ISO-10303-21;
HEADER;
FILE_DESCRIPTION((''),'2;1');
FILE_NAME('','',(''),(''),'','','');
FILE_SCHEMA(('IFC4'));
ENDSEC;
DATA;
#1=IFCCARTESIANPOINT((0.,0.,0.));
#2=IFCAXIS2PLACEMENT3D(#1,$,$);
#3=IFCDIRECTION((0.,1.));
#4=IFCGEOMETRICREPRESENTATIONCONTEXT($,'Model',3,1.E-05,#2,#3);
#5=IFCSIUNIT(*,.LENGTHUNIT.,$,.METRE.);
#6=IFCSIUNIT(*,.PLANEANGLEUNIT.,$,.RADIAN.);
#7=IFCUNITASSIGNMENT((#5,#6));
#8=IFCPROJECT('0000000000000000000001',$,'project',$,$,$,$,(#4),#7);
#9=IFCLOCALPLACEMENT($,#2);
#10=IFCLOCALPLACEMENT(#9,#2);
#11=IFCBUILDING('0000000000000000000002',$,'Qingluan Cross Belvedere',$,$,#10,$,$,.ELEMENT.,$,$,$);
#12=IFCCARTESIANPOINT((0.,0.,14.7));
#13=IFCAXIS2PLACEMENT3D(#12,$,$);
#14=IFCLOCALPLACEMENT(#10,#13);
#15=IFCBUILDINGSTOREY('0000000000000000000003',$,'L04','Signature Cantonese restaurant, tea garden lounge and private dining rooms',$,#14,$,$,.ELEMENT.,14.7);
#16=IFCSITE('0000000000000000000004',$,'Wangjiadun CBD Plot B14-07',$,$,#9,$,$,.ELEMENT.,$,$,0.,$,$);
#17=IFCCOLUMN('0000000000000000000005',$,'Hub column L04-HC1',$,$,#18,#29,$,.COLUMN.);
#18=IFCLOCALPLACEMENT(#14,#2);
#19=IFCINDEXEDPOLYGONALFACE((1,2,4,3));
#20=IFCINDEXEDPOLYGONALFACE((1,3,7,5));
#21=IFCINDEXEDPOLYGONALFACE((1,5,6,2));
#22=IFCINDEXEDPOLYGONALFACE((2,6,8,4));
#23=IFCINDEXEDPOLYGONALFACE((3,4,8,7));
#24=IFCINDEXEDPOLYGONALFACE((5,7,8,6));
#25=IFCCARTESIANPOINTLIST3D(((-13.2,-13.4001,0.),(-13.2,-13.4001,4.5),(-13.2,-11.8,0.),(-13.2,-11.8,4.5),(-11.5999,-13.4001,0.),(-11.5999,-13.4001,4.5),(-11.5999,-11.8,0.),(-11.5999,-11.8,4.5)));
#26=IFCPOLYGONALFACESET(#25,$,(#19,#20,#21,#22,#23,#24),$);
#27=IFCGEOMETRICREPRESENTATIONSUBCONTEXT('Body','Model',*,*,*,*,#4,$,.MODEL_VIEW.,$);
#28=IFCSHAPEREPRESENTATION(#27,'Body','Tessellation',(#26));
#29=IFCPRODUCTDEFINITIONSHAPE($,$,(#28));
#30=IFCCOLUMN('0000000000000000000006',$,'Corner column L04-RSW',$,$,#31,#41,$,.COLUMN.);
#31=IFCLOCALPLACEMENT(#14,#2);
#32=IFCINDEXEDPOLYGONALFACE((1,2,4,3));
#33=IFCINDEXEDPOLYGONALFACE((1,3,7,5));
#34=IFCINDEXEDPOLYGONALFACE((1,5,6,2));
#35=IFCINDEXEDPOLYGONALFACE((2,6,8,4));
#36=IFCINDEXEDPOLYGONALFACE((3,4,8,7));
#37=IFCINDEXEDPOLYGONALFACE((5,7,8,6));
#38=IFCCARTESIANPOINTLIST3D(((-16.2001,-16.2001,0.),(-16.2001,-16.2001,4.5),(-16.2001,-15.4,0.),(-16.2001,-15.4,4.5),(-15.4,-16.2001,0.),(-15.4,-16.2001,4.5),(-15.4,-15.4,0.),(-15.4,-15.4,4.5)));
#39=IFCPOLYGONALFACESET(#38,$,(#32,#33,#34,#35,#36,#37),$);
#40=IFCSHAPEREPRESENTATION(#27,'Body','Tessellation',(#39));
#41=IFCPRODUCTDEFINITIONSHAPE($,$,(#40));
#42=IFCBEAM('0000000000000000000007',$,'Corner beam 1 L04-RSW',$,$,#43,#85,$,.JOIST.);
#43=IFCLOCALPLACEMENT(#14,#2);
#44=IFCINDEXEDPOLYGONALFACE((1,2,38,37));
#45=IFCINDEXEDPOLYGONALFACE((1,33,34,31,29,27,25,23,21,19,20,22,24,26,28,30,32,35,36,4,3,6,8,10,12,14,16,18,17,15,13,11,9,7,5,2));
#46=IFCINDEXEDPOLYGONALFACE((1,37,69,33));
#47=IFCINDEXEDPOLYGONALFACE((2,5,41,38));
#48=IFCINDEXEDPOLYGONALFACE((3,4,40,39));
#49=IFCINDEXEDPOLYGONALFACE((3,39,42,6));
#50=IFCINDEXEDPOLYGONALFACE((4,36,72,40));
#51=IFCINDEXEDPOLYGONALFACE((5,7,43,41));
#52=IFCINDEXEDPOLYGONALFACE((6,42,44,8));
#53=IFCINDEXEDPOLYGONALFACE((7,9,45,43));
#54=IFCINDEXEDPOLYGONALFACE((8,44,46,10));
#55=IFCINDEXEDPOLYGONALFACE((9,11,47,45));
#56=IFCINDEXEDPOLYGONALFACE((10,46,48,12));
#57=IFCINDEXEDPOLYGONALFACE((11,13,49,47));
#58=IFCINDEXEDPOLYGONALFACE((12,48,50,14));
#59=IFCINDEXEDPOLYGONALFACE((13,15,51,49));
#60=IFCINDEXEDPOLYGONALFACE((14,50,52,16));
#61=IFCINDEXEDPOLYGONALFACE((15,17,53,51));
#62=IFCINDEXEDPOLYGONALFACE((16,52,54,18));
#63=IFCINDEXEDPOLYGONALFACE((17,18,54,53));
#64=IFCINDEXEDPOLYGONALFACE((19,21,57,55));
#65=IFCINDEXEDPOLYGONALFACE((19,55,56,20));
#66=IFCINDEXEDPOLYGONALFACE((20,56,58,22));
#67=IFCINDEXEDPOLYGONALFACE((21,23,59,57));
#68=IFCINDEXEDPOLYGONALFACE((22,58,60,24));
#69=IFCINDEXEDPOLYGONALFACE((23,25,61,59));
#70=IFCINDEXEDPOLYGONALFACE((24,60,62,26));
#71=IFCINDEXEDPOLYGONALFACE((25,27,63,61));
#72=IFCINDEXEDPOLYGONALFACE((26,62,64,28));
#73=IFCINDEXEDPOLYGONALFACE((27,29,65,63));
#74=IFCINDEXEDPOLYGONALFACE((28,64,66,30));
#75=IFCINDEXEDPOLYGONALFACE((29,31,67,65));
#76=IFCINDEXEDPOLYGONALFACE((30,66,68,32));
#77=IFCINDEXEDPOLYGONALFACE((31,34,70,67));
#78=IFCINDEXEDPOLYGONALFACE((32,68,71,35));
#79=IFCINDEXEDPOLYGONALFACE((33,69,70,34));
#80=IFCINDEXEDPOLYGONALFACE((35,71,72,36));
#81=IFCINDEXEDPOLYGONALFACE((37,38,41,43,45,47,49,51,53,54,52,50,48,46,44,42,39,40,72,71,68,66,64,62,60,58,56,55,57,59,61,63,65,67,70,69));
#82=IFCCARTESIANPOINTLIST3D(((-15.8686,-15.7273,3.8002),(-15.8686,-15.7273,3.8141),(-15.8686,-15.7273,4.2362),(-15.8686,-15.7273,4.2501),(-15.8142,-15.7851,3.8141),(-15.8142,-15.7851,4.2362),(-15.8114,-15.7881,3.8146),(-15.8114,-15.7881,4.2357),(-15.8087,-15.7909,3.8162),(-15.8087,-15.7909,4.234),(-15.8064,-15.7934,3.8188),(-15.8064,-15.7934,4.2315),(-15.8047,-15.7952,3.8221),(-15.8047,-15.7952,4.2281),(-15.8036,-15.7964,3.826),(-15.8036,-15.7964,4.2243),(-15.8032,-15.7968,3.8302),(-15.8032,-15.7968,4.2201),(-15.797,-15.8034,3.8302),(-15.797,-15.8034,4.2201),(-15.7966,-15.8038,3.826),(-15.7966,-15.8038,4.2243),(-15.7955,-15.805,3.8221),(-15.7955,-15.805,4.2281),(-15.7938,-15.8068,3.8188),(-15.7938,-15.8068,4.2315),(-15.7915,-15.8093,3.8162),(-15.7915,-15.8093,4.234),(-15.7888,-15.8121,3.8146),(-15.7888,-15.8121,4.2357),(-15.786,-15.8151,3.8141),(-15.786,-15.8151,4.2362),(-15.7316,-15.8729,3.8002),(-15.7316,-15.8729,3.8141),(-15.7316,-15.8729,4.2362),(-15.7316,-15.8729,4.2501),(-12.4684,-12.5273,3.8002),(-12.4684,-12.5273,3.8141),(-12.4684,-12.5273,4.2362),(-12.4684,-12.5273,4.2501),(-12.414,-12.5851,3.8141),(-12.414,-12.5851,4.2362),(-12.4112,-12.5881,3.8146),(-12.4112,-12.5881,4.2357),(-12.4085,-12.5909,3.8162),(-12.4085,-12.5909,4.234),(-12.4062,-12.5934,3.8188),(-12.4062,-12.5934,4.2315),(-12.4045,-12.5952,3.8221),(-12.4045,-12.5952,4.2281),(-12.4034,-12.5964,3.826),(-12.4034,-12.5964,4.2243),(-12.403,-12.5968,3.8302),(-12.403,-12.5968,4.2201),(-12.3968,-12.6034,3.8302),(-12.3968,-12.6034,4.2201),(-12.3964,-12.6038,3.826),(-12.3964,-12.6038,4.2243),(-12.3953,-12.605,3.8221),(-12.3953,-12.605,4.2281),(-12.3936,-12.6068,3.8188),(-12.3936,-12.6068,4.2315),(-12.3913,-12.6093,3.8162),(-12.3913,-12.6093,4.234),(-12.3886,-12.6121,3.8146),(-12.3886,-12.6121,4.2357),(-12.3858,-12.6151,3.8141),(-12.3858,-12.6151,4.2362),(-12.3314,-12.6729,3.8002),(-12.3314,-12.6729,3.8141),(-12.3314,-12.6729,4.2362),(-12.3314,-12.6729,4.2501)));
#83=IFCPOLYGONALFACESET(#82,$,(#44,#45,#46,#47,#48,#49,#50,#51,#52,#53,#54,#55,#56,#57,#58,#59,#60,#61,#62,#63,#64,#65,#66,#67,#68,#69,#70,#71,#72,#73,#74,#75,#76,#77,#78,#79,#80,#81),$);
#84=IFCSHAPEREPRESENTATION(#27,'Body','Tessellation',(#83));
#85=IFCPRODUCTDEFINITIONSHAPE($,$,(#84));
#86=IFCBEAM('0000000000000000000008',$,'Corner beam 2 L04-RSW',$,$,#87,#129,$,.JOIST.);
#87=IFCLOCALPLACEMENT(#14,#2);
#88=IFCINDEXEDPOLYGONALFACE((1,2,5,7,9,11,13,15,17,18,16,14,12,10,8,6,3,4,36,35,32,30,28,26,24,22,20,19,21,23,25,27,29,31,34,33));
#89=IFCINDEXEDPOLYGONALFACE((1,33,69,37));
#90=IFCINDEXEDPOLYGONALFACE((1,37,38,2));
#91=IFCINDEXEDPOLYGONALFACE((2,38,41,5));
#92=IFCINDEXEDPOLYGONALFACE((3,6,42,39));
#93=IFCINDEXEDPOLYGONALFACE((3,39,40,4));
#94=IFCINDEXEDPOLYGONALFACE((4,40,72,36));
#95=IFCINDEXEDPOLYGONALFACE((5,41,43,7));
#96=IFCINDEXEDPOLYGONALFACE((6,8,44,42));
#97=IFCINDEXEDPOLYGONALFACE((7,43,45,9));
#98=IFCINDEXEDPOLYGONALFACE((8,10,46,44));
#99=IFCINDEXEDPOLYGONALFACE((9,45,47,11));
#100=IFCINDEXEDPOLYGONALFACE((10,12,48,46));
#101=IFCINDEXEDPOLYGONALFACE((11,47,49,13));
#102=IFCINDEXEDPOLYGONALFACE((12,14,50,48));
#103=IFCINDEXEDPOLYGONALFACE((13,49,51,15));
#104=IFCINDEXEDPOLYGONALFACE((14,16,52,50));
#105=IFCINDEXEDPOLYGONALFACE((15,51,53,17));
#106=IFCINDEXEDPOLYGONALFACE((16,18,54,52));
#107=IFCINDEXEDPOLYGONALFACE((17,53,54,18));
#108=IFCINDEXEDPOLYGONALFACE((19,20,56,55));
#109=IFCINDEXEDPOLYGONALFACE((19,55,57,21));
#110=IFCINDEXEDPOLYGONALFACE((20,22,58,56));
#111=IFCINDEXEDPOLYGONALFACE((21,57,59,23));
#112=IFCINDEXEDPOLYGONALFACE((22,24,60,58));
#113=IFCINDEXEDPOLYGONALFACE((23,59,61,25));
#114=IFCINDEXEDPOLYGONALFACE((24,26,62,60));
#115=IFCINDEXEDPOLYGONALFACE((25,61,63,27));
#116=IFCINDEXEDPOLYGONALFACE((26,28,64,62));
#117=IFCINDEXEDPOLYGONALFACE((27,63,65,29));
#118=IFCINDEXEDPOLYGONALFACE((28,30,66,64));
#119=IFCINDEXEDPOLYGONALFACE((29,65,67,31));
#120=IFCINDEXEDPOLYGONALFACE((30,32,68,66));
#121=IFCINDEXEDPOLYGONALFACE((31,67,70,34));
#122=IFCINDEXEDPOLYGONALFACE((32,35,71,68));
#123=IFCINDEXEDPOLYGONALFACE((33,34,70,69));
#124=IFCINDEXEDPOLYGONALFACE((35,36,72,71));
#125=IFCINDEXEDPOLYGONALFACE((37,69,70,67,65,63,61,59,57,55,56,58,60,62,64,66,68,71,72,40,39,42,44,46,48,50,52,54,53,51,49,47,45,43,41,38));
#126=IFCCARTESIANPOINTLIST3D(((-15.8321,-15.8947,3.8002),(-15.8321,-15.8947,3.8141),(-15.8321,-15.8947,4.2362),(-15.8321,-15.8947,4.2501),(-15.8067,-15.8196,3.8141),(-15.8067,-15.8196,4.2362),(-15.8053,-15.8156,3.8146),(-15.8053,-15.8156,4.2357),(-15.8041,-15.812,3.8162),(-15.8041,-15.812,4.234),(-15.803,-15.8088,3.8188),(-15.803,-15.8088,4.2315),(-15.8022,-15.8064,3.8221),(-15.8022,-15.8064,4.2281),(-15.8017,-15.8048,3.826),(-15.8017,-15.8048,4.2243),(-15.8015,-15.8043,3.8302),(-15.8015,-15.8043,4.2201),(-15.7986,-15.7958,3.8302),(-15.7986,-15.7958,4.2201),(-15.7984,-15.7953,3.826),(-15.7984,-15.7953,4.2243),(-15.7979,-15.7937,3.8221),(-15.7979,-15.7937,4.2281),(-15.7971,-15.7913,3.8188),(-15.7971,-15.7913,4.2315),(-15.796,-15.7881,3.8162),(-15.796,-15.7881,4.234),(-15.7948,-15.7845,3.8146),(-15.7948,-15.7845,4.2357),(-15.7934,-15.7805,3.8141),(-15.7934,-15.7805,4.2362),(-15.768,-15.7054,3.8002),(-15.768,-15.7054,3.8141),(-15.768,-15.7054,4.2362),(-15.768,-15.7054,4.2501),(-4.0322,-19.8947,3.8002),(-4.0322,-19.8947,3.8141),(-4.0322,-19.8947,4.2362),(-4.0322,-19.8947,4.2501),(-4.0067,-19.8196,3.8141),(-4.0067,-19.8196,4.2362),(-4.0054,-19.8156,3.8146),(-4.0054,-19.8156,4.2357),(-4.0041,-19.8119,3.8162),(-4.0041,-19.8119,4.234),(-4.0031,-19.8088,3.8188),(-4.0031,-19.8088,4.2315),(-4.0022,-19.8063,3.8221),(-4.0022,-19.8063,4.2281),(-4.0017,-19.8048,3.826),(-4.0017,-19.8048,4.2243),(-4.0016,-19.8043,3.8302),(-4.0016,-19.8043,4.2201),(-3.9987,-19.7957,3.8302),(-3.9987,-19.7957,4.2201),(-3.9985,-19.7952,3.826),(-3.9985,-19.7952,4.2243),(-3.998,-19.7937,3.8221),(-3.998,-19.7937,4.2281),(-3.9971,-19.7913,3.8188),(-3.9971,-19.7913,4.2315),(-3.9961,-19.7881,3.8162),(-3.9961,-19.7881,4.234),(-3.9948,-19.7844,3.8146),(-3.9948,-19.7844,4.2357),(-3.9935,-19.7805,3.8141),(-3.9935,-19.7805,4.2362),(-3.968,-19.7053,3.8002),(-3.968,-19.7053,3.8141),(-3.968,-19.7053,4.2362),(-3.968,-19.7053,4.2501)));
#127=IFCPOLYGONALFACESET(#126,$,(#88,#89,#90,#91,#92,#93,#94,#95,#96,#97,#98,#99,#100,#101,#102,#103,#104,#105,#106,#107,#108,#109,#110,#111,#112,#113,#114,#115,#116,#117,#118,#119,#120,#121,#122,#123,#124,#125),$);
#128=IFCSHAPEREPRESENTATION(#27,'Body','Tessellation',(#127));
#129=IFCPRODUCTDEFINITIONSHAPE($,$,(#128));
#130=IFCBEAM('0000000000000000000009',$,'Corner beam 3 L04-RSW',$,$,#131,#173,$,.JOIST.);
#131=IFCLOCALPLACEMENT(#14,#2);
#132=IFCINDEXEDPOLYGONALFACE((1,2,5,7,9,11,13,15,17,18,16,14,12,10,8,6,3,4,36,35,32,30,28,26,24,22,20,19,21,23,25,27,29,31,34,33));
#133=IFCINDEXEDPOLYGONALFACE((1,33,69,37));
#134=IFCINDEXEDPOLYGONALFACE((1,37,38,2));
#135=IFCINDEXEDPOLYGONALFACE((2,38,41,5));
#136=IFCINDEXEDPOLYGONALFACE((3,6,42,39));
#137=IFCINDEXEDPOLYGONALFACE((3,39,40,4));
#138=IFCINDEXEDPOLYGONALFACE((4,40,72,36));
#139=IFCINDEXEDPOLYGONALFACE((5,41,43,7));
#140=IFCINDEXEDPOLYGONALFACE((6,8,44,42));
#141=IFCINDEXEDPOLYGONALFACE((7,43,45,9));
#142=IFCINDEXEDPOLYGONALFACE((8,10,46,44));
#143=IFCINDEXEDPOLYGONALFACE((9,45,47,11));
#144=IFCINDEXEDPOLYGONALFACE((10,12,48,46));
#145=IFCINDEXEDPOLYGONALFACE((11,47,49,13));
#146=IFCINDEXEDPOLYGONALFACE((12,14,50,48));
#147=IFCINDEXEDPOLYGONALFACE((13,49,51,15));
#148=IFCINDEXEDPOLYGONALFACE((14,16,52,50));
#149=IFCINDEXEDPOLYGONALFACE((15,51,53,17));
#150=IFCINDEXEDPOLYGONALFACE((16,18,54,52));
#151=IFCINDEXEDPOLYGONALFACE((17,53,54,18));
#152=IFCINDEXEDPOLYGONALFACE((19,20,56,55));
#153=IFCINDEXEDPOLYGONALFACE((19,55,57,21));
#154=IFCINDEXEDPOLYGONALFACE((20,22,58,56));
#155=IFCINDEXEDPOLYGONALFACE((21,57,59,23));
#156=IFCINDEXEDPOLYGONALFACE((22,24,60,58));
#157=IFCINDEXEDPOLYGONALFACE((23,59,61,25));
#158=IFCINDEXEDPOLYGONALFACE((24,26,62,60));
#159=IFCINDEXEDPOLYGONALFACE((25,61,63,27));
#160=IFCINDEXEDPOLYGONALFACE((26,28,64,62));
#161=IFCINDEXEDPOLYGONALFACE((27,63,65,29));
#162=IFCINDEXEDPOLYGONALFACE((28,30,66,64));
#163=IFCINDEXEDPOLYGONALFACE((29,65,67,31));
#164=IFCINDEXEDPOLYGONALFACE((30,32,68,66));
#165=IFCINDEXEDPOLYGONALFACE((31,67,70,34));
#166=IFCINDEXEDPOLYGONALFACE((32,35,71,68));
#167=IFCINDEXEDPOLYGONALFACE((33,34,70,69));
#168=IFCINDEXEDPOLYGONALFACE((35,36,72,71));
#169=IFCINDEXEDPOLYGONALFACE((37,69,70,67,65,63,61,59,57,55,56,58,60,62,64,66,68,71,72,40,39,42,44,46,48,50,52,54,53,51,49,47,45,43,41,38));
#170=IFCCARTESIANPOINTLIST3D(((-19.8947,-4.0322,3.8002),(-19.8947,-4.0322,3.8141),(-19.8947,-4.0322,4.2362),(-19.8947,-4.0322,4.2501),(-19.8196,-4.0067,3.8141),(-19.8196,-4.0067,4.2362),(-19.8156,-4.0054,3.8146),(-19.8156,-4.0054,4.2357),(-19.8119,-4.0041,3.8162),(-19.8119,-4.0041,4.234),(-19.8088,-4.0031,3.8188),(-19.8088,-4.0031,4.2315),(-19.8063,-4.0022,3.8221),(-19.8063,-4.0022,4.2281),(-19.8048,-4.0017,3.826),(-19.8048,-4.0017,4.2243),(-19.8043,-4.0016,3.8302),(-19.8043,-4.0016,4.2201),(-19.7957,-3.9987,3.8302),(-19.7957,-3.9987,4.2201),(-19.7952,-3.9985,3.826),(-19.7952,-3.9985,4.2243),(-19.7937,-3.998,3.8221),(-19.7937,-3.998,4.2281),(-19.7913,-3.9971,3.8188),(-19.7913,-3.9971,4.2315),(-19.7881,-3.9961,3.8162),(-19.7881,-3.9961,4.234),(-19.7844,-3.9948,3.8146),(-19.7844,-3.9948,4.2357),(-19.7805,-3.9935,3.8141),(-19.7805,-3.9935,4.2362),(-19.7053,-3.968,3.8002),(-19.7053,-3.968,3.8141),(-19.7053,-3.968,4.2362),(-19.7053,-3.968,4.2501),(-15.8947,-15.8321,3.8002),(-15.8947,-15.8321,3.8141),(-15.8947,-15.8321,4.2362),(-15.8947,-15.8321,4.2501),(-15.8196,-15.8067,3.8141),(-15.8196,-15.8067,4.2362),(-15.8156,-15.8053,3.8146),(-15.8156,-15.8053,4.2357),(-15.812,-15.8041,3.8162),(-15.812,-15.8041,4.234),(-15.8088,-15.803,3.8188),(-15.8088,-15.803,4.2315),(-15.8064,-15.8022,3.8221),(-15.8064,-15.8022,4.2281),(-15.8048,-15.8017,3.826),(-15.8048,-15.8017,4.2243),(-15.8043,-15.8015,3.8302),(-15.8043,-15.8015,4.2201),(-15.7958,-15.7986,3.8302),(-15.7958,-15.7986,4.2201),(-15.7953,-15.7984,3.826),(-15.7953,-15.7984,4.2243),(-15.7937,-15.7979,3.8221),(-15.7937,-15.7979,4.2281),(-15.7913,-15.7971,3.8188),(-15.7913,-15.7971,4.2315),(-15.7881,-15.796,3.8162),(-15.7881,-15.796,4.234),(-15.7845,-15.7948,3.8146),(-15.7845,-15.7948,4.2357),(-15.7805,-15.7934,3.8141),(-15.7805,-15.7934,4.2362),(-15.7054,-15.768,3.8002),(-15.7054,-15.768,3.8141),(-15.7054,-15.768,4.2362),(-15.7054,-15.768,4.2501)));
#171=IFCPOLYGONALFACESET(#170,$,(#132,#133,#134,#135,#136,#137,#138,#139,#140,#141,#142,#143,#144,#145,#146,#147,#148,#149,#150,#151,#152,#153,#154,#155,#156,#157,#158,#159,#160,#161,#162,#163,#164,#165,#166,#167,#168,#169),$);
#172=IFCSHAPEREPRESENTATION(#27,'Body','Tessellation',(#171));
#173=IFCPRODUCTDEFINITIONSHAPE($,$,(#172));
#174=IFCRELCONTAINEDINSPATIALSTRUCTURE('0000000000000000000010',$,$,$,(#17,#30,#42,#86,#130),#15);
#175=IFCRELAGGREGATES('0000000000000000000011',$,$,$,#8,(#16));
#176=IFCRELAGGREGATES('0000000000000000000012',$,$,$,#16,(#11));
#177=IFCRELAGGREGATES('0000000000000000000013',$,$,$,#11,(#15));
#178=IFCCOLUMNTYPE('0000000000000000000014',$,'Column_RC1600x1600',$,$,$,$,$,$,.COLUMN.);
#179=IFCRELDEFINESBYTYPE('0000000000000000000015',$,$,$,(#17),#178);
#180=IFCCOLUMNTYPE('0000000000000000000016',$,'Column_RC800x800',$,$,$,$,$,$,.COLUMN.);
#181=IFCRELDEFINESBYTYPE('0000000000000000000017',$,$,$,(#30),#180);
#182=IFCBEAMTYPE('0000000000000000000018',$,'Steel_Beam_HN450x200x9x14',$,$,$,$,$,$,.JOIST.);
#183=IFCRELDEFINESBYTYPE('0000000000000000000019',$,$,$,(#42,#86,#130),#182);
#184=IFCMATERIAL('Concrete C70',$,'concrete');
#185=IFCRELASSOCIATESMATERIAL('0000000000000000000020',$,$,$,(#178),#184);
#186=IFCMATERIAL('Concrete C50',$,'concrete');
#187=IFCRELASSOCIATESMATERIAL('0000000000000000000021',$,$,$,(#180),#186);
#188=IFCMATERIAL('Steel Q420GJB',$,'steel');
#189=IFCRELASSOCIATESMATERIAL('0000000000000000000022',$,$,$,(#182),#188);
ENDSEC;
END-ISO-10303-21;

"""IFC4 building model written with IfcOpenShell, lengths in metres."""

from ifc_helpers import new_model, si_unit, direction, frame, origin, origin_2d, place, context, subcontext, project, spatial, rectangle, i_section, extrude, material, material_profile, profile_set, type_object, element, save


model = new_model("IFC4")

# Units and contexts
model_context = context("Model", 3, precision=1e-05, world=origin(), true_north=direction((0.0, 1.0)))
body_context = subcontext(model_context, "Body", "Model", "MODEL_VIEW")
ifc_project = project(units=[si_unit("LENGTHUNIT", "METRE"), si_unit("PLANEANGLEUNIT", "RADIAN")], contexts=[model_context])

# Site, building, storey
site_placement = place(None, origin())
site = spatial("IfcSite", under=ifc_project, at=site_placement, Name="Wangjiadun CBD Plot B14-07", CompositionType="ELEMENT", RefElevation=0.0)
building_placement = place(site_placement, origin())
building = spatial("IfcBuilding", under=site, at=building_placement, Name="Qingluan Cross Belvedere", CompositionType="ELEMENT")
storey_placement = place(building_placement, frame((0.0, 0.0, 14.7)))
storey = spatial("IfcBuildingStorey", under=building, at=storey_placement, Name="L04", Description="Signature Cantonese restaurant, tea garden lounge and private dining rooms", CompositionType="ELEMENT", Elevation=14.7)

# Columns
ifc_material_1 = material(Name="Concrete C70", Category="concrete")
ifc_material_profile_1 = material_profile(ifc_material_1, rectangle(XDim=1.6001, YDim=1.6001, at=origin_2d()), Name="RC1600x1600")
ifc_profile_set_1 = profile_set([ifc_material_profile_1], Name="Concrete C70")
column_type_1 = type_object("IfcColumnType", Name="Column_RC1600x1600", PredefinedType="COLUMN", material=ifc_profile_set_1)
column_1_placement = place(storey_placement, frame((-12.3999, -12.6001, 0.0), z_axis=(0.0, 0.0, 1.0), x_axis=(1.0, 0.0, 0.0)))
element("IfcColumn", 1, at=column_1_placement, inside=storey, type_object=column_type_1, Name="Hub column L04-HC1", PredefinedType="COLUMN", context=body_context, shape_type="SweptSolid", body=[
    extrude(rectangle(XDim=1.6001, YDim=1.6001, at=origin_2d()), origin(), (0.0, 0.0, 1.0), 4.5),
])
ifc_material_2 = material(Name="Concrete C50", Category="concrete")
ifc_material_profile_2 = material_profile(ifc_material_2, rectangle(XDim=0.8, YDim=0.8, at=origin_2d()), Name="RC800x800")
ifc_profile_set_2 = profile_set([ifc_material_profile_2], Name="Concrete C50")
column_type_2 = type_object("IfcColumnType", Name="Column_RC800x800", PredefinedType="COLUMN", material=ifc_profile_set_2)
column_2_placement = place(storey_placement, frame((-15.8, -15.8, 0.0), z_axis=(0.0, 0.0, 1.0), x_axis=(1.0, 0.0, 0.0)))
element("IfcColumn", 2, at=column_2_placement, inside=storey, type_object=column_type_2, Name="Corner column L04-RSW", PredefinedType="COLUMN", context=body_context, shape_type="SweptSolid", body=[
    extrude(rectangle(XDim=0.8, YDim=0.8, at=origin_2d()), origin(), (0.0, 0.0, 1.0), 4.5),
])

# Beams
ifc_material_3 = material(Name="Steel Q420GJB", Category="steel")
ifc_material_profile_3 = material_profile(ifc_material_3, i_section(OverallWidth=0.2, OverallDepth=0.45, WebThickness=0.009, FlangeThickness=0.0139, FilletRadius=0.0161, at=origin_2d()), Name="HN450x200x9x14")
ifc_profile_set_3 = profile_set([ifc_material_profile_3], Name="Steel Q420GJB")
beam_type_1 = type_object("IfcBeamType", Name="Steel_Beam_HN450x200x9x14", PredefinedType="JOIST", material=ifc_profile_set_3)
beam_1_placement = place(storey_placement, frame((-12.3999, -12.6001, 4.0251), z_axis=(-0.72822, -0.685343, 0.0), x_axis=(0.685343, -0.72822, 0.0)))
element("IfcBeam", 3, at=beam_1_placement, inside=storey, type_object=beam_type_1, Name="Corner beam 1 L04-RSW", PredefinedType="JOIST", context=body_context, shape_type="SweptSolid", body=[
    extrude(i_section(OverallWidth=0.2, OverallDepth=0.45, WebThickness=0.009, FlangeThickness=0.0139, FilletRadius=0.0161, at=origin_2d()), origin(), (0.0, 0.0, 1.0), 4.6692),
])
for number, where, z_axis, x_axis, name in (
    (4, (-15.8, -15.8, 4.0251), (0.947066, -0.321038, 0.0), (0.321038, 0.947066, 0.0), "Corner beam 2 L04-RSW"),
    (5, (-15.8, -15.8, 4.0251), (-0.321038, 0.947066, 0.0), (-0.947066, -0.321038, 0.0), "Corner beam 3 L04-RSW"),
):
    element("IfcBeam", number, at=place(storey_placement, frame(where, z_axis=z_axis, x_axis=x_axis)), inside=storey, type_object=beam_type_1, Name=name, PredefinedType="JOIST", context=body_context, shape_type="SweptSolid", body=[
        extrude(i_section(OverallWidth=0.2, OverallDepth=0.45, WebThickness=0.009, FlangeThickness=0.0139, FilletRadius=0.0161, at=origin_2d()), origin(), (0.0, 0.0, 1.0), 12.4595),
    ])

save(model, "model.ifc")
